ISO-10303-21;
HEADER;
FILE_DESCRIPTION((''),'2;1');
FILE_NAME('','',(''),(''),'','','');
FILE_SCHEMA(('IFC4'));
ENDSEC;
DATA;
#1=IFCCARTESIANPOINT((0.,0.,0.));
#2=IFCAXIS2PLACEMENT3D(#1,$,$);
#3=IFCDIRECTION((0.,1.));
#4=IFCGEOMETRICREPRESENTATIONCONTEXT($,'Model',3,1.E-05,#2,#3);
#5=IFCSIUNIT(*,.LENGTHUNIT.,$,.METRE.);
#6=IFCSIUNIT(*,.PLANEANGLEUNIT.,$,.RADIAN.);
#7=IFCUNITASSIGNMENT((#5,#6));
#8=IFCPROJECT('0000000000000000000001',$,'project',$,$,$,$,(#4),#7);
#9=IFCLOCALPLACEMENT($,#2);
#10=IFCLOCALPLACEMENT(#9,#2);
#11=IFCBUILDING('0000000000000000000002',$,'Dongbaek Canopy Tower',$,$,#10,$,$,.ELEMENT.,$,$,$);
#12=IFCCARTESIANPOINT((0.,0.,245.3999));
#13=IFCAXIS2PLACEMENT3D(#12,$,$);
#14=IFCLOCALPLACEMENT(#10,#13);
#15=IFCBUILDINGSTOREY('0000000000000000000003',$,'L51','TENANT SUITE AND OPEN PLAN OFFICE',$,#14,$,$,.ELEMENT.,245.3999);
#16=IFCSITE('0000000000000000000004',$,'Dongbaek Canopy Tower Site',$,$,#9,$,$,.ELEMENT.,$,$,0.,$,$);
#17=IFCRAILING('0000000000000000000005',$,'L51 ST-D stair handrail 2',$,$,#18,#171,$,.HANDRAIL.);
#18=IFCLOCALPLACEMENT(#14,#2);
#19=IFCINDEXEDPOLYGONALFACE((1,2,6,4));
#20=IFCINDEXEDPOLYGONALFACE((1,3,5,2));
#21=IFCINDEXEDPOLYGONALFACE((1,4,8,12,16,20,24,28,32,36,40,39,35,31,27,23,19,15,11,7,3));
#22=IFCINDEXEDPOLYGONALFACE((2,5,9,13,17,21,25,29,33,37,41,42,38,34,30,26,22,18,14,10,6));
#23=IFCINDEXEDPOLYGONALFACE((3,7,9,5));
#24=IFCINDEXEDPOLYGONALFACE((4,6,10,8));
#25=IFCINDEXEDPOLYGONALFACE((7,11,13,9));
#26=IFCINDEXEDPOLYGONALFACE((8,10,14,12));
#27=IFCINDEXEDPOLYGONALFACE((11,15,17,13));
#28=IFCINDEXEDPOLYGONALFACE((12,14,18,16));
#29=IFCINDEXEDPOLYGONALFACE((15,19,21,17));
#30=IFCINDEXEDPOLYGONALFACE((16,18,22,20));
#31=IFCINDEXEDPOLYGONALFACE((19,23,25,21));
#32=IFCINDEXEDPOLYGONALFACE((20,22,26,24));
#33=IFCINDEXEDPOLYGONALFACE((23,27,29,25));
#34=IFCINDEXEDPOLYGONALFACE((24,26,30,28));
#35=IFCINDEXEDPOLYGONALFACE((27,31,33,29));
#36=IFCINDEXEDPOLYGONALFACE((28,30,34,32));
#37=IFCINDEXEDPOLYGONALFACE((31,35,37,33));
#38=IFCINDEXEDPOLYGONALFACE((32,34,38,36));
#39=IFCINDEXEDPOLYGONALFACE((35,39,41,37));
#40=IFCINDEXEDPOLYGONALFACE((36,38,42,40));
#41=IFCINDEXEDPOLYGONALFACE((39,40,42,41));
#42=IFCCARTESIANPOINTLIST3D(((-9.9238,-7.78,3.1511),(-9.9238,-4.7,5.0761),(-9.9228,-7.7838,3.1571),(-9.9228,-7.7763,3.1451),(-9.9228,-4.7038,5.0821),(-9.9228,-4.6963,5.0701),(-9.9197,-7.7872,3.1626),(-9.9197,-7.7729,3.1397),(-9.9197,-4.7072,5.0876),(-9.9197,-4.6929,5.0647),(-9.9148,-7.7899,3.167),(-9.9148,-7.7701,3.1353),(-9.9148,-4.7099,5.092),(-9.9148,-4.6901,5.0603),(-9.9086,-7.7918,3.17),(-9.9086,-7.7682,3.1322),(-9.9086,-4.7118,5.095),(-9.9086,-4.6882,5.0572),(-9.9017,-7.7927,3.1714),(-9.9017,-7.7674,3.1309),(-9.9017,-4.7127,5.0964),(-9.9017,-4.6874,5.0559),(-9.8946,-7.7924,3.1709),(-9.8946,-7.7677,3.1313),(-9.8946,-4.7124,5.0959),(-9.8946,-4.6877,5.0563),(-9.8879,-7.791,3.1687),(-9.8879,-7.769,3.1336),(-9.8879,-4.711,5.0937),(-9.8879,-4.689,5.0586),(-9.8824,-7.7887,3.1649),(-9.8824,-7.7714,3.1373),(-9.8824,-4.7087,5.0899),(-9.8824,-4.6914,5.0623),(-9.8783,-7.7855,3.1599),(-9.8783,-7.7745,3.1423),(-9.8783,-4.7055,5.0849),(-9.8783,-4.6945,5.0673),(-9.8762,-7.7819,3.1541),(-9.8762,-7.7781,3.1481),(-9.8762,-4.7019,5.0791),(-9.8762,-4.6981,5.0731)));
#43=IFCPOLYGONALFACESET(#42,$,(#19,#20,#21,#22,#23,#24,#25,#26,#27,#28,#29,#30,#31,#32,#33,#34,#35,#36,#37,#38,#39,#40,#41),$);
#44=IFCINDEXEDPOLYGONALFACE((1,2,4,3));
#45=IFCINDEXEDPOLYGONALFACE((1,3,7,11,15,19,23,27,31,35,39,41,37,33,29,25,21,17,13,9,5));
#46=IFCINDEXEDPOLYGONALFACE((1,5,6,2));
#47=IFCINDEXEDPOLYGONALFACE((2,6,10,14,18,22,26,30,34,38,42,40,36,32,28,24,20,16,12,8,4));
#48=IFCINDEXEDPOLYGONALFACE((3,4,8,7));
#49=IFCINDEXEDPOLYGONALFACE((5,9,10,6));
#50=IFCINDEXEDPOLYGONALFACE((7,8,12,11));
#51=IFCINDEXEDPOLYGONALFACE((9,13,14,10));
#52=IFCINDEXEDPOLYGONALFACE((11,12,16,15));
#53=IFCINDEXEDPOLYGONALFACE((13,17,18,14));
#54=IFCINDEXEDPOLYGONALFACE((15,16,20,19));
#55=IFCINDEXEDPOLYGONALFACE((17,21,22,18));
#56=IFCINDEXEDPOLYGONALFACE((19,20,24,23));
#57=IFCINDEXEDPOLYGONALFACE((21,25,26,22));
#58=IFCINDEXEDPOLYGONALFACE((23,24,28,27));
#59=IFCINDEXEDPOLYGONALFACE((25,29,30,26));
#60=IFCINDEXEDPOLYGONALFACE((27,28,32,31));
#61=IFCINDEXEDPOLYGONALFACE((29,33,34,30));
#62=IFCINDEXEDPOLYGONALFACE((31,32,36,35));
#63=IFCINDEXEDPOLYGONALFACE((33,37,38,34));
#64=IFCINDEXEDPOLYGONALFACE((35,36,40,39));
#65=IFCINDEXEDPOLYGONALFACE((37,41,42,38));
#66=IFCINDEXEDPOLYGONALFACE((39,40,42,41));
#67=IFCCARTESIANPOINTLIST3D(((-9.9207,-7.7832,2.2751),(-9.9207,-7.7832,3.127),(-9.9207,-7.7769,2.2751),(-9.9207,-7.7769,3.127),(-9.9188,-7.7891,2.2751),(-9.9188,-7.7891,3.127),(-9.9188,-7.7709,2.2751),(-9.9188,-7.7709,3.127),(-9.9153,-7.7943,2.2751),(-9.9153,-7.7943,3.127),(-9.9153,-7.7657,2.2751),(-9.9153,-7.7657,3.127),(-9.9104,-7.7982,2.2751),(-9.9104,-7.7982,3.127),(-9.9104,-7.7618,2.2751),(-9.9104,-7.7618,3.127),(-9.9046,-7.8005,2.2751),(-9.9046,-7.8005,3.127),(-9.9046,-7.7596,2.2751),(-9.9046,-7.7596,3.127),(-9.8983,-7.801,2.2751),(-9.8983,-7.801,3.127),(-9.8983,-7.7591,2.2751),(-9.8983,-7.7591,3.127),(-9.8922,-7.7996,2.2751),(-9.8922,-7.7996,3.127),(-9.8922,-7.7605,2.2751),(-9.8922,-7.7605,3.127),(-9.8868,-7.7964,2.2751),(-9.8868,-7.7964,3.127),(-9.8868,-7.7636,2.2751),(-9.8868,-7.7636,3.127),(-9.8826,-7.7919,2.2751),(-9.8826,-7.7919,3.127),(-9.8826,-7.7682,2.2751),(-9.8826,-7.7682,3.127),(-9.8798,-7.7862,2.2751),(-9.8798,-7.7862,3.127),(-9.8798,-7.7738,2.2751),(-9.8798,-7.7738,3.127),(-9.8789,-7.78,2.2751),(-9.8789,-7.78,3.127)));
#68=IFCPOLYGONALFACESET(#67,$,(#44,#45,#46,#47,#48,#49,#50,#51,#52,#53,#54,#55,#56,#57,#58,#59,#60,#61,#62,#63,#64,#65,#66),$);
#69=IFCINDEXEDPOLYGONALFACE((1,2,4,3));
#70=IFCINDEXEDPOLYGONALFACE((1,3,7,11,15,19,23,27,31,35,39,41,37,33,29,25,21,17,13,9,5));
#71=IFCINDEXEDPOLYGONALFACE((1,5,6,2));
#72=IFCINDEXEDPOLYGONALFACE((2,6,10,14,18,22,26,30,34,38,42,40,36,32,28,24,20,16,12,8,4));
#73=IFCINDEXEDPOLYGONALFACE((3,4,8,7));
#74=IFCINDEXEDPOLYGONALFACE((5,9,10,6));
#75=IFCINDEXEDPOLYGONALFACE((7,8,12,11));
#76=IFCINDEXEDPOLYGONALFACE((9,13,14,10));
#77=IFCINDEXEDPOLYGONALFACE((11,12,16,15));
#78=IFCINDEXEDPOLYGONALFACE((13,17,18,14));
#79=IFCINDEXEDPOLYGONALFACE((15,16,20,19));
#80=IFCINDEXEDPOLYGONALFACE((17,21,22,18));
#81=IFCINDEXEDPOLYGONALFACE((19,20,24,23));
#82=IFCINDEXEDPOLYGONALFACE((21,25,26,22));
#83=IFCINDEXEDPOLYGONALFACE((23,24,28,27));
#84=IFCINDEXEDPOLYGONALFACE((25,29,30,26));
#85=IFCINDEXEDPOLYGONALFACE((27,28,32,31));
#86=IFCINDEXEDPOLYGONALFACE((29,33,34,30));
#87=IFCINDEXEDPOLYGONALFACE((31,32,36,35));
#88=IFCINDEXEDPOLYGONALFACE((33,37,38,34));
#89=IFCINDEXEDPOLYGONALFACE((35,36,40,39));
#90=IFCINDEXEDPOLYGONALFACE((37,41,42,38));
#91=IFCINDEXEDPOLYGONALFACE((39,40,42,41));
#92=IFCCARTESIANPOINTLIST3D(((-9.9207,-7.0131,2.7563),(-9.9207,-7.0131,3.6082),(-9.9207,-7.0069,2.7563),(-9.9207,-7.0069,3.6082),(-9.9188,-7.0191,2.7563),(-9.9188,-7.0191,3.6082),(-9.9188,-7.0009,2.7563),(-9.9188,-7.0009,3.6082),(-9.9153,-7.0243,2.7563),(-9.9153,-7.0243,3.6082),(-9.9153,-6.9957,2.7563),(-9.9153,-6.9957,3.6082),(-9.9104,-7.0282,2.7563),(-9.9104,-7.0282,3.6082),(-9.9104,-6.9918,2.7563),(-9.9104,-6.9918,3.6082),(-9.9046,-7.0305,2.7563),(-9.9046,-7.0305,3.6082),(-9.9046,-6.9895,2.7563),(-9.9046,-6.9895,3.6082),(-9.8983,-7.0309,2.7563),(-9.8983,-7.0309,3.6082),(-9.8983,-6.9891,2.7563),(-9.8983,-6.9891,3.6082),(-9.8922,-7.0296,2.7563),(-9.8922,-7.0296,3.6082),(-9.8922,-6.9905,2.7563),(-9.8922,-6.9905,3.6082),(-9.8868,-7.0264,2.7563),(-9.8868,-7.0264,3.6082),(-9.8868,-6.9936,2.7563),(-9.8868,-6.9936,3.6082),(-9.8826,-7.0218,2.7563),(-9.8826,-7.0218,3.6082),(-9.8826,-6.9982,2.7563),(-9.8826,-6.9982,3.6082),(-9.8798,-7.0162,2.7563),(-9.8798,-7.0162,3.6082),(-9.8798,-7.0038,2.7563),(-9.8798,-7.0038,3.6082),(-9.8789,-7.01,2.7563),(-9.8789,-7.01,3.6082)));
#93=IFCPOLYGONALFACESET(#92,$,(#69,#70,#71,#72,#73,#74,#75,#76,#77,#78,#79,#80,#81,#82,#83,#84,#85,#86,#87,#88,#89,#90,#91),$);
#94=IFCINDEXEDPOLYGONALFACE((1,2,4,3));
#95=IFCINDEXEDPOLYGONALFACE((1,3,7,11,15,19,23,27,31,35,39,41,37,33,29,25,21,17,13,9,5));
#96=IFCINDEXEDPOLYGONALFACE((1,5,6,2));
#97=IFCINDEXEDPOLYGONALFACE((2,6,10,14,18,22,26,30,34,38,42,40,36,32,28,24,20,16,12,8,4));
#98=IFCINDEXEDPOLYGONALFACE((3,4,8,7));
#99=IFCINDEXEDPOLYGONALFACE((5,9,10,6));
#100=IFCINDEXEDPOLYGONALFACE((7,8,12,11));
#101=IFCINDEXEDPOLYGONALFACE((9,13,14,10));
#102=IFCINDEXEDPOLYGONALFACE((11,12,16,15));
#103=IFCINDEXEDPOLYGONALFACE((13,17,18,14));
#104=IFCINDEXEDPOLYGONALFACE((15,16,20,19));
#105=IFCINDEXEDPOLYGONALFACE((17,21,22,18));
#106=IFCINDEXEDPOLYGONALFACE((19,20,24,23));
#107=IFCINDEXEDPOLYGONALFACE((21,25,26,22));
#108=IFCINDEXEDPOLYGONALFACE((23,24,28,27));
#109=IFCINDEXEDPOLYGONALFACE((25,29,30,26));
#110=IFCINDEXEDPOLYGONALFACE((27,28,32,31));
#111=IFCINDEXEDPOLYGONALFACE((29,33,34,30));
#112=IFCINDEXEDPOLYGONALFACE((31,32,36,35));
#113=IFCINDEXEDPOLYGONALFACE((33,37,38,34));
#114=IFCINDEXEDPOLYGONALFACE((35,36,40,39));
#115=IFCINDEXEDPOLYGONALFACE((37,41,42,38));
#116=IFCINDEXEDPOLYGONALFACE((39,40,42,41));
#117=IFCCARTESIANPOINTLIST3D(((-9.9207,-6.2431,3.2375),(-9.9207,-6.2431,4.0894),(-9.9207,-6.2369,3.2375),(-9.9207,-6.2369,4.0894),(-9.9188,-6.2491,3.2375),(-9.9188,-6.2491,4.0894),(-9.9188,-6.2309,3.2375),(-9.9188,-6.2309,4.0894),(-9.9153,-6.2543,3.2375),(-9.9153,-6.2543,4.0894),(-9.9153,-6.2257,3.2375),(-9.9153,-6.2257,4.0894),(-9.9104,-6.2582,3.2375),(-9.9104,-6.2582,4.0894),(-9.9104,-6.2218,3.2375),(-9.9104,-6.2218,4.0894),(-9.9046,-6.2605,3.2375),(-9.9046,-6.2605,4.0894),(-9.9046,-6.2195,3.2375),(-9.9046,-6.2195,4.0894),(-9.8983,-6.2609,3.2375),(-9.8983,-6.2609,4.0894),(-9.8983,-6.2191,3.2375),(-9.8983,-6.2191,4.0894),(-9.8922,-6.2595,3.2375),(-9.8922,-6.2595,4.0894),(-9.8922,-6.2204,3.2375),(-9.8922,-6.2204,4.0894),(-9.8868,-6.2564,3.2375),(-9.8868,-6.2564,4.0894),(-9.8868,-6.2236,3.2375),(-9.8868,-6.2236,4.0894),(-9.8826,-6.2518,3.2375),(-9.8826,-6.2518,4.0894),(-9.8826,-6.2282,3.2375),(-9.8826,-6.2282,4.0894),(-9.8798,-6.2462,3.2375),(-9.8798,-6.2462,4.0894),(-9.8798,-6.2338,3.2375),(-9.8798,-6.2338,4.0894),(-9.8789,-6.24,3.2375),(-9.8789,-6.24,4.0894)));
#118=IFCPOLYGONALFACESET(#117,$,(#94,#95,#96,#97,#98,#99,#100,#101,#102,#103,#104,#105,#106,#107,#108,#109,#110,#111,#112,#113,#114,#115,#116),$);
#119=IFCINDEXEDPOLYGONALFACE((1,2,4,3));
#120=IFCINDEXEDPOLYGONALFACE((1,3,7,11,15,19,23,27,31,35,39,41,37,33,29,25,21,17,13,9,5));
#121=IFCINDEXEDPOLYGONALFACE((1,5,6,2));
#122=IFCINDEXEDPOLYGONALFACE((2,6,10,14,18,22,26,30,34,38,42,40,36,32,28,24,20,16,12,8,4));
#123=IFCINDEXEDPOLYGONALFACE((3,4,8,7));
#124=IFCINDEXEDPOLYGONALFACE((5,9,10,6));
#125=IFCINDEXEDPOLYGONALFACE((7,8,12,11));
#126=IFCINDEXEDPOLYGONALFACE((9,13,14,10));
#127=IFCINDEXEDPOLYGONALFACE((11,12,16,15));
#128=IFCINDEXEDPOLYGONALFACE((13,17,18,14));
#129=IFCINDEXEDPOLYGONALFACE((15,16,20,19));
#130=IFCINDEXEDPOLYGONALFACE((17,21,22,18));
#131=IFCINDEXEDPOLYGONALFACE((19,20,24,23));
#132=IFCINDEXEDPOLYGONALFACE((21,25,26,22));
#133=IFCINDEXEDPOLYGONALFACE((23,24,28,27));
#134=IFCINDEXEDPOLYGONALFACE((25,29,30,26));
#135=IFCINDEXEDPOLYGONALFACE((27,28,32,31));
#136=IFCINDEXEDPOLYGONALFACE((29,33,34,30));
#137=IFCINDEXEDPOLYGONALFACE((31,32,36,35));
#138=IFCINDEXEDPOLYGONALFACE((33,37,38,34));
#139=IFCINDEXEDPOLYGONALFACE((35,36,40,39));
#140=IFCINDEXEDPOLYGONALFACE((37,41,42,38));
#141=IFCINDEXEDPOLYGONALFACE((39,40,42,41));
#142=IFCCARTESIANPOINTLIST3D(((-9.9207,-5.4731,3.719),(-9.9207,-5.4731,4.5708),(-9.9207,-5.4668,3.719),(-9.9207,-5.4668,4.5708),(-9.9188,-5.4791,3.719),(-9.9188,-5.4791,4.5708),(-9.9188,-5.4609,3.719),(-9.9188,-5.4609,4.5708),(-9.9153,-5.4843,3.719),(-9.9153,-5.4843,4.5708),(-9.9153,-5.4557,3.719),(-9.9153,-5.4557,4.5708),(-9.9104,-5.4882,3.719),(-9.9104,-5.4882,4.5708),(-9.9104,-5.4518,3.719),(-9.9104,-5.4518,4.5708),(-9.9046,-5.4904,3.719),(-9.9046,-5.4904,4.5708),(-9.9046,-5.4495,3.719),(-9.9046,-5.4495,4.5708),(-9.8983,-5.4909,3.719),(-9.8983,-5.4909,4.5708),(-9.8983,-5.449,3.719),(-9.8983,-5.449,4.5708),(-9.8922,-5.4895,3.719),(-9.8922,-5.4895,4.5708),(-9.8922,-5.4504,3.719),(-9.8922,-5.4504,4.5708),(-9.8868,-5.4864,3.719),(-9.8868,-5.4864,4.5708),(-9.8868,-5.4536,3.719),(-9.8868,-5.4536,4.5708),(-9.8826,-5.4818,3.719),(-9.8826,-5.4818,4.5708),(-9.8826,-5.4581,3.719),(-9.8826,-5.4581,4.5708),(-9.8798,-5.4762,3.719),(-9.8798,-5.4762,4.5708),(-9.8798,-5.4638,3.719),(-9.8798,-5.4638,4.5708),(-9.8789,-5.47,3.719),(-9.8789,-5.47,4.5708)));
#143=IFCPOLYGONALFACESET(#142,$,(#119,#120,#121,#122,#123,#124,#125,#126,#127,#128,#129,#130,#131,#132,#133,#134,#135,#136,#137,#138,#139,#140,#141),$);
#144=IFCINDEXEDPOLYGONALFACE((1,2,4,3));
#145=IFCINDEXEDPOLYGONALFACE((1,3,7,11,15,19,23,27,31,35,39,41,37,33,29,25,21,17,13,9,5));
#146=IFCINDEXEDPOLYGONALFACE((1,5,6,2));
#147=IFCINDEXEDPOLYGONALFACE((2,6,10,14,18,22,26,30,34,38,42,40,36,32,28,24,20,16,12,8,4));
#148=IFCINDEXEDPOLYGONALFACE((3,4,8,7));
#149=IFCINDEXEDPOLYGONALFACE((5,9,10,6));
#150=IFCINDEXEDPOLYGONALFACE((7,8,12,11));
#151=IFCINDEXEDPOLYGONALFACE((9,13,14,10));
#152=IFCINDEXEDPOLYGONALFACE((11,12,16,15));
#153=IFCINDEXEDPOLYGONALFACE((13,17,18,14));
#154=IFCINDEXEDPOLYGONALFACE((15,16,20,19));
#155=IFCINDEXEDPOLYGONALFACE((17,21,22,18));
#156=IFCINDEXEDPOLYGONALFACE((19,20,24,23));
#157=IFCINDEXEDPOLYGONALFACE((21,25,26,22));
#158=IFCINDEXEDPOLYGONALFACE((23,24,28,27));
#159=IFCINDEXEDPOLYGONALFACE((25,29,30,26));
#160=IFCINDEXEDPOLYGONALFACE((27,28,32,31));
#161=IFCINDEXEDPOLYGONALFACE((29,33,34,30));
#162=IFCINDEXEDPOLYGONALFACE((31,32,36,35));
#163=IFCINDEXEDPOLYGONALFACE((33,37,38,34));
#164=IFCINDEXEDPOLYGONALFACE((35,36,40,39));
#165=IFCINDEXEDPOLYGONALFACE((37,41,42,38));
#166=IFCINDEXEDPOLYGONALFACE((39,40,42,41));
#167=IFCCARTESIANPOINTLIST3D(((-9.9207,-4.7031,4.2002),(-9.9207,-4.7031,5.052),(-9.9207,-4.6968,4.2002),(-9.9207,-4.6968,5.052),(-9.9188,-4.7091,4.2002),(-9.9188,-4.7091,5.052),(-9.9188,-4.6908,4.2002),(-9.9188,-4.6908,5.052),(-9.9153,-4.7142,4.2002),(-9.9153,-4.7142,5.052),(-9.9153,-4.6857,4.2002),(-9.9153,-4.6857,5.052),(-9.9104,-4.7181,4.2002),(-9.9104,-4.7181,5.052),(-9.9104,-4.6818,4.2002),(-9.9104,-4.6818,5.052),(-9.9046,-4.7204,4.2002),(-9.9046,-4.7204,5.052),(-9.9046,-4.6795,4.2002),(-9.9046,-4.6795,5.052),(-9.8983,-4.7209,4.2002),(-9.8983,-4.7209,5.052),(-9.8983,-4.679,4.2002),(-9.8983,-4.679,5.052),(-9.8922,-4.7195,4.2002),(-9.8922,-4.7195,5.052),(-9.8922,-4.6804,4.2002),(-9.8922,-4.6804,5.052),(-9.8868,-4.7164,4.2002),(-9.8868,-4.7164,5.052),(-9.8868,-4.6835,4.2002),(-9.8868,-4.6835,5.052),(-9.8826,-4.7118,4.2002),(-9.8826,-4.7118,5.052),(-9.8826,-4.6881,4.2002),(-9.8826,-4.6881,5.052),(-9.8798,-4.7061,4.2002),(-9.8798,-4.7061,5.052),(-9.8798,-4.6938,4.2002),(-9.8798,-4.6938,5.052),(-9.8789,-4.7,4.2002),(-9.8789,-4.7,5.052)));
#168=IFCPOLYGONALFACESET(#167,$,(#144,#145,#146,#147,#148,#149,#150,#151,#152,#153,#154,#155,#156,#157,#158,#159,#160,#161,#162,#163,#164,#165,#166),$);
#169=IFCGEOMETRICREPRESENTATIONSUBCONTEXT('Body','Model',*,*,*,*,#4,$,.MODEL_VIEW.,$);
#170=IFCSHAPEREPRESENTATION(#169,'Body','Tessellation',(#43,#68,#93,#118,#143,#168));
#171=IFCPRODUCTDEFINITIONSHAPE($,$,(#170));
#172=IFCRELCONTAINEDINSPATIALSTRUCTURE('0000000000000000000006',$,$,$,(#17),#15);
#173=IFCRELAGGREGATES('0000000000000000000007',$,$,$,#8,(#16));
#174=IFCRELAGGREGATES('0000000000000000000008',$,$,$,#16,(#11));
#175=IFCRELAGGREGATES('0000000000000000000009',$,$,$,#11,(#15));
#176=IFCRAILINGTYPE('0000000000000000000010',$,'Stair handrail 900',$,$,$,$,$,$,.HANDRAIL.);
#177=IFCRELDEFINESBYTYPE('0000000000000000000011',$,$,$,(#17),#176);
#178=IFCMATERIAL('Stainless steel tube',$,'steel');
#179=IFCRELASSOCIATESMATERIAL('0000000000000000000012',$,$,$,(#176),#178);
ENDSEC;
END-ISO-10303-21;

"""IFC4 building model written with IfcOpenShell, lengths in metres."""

from ifc_helpers import new_model, si_unit, direction, frame, origin, origin_2d, place, context, subcontext, project, spatial, circle, extrude, material, type_object, element, save


model = new_model("IFC4")

# Units and contexts
model_context = context("Model", 3, precision=1e-05, world=origin(), true_north=direction((0.0, 1.0)))
body_context = subcontext(model_context, "Body", "Model", "MODEL_VIEW")
ifc_project = project(units=[si_unit("LENGTHUNIT", "METRE"), si_unit("PLANEANGLEUNIT", "RADIAN")], contexts=[model_context])

# Site, building, storey
site_placement = place(None, origin())
site = spatial("IfcSite", under=ifc_project, at=site_placement, Name="Dongbaek Canopy Tower Site", CompositionType="ELEMENT", RefElevation=0.0)
building_placement = place(site_placement, origin())
building = spatial("IfcBuilding", under=site, at=building_placement, Name="Dongbaek Canopy Tower", CompositionType="ELEMENT")
storey_placement = place(building_placement, frame((0.0, 0.0, 245.3999)))
storey = spatial("IfcBuildingStorey", under=building, at=storey_placement, Name="L51", Description="TENANT SUITE AND OPEN PLAN OFFICE", CompositionType="ELEMENT", Elevation=245.3999)

# Railing
ifc_material_1 = material(Name="Stainless steel tube", Category="steel")
railing_type_1 = type_object("IfcRailingType", Name="Stair handrail 900", PredefinedType="HANDRAIL", material=ifc_material_1)
railing_1_placement = place(storey_placement, frame((-9.8999, -7.78, 2.2751)))
element("IfcRailing", 1, at=railing_1_placement, inside=storey, type_object=railing_type_1, Name="L51 ST-D stair handrail 2", PredefinedType="HANDRAIL", context=body_context, shape_type="SweptSolid", body=[
    extrude(circle(Radius=0.0239, at=origin_2d()), frame((0.0, 0.0, 0.876), z_axis=(0.0, 0.847998, 0.529999), x_axis=(-1.0, 0.0, 0.0)), (0.0, 0.0, 1.0), 3.6321),
    extrude(circle(Radius=0.021, at=origin_2d()), origin(), (0.0, 0.0, 1.0), 0.8518),
    extrude(circle(Radius=0.021, at=origin_2d()), frame((0.0, 0.77, 0.4812)), (0.0, 0.0, 1.0), 0.8518),
    extrude(circle(Radius=0.021, at=origin_2d()), frame((0.0, 1.54, 0.9624)), (0.0, 0.0, 1.0), 0.8518),
    extrude(circle(Radius=0.021, at=origin_2d()), frame((0.0, 2.3101, 1.4438)), (0.0, 0.0, 1.0), 0.8518),
    extrude(circle(Radius=0.021, at=origin_2d()), frame((0.0, 3.0801, 1.925)), (0.0, 0.0, 1.0), 0.8518),
])

save(model, "model.ifc")
